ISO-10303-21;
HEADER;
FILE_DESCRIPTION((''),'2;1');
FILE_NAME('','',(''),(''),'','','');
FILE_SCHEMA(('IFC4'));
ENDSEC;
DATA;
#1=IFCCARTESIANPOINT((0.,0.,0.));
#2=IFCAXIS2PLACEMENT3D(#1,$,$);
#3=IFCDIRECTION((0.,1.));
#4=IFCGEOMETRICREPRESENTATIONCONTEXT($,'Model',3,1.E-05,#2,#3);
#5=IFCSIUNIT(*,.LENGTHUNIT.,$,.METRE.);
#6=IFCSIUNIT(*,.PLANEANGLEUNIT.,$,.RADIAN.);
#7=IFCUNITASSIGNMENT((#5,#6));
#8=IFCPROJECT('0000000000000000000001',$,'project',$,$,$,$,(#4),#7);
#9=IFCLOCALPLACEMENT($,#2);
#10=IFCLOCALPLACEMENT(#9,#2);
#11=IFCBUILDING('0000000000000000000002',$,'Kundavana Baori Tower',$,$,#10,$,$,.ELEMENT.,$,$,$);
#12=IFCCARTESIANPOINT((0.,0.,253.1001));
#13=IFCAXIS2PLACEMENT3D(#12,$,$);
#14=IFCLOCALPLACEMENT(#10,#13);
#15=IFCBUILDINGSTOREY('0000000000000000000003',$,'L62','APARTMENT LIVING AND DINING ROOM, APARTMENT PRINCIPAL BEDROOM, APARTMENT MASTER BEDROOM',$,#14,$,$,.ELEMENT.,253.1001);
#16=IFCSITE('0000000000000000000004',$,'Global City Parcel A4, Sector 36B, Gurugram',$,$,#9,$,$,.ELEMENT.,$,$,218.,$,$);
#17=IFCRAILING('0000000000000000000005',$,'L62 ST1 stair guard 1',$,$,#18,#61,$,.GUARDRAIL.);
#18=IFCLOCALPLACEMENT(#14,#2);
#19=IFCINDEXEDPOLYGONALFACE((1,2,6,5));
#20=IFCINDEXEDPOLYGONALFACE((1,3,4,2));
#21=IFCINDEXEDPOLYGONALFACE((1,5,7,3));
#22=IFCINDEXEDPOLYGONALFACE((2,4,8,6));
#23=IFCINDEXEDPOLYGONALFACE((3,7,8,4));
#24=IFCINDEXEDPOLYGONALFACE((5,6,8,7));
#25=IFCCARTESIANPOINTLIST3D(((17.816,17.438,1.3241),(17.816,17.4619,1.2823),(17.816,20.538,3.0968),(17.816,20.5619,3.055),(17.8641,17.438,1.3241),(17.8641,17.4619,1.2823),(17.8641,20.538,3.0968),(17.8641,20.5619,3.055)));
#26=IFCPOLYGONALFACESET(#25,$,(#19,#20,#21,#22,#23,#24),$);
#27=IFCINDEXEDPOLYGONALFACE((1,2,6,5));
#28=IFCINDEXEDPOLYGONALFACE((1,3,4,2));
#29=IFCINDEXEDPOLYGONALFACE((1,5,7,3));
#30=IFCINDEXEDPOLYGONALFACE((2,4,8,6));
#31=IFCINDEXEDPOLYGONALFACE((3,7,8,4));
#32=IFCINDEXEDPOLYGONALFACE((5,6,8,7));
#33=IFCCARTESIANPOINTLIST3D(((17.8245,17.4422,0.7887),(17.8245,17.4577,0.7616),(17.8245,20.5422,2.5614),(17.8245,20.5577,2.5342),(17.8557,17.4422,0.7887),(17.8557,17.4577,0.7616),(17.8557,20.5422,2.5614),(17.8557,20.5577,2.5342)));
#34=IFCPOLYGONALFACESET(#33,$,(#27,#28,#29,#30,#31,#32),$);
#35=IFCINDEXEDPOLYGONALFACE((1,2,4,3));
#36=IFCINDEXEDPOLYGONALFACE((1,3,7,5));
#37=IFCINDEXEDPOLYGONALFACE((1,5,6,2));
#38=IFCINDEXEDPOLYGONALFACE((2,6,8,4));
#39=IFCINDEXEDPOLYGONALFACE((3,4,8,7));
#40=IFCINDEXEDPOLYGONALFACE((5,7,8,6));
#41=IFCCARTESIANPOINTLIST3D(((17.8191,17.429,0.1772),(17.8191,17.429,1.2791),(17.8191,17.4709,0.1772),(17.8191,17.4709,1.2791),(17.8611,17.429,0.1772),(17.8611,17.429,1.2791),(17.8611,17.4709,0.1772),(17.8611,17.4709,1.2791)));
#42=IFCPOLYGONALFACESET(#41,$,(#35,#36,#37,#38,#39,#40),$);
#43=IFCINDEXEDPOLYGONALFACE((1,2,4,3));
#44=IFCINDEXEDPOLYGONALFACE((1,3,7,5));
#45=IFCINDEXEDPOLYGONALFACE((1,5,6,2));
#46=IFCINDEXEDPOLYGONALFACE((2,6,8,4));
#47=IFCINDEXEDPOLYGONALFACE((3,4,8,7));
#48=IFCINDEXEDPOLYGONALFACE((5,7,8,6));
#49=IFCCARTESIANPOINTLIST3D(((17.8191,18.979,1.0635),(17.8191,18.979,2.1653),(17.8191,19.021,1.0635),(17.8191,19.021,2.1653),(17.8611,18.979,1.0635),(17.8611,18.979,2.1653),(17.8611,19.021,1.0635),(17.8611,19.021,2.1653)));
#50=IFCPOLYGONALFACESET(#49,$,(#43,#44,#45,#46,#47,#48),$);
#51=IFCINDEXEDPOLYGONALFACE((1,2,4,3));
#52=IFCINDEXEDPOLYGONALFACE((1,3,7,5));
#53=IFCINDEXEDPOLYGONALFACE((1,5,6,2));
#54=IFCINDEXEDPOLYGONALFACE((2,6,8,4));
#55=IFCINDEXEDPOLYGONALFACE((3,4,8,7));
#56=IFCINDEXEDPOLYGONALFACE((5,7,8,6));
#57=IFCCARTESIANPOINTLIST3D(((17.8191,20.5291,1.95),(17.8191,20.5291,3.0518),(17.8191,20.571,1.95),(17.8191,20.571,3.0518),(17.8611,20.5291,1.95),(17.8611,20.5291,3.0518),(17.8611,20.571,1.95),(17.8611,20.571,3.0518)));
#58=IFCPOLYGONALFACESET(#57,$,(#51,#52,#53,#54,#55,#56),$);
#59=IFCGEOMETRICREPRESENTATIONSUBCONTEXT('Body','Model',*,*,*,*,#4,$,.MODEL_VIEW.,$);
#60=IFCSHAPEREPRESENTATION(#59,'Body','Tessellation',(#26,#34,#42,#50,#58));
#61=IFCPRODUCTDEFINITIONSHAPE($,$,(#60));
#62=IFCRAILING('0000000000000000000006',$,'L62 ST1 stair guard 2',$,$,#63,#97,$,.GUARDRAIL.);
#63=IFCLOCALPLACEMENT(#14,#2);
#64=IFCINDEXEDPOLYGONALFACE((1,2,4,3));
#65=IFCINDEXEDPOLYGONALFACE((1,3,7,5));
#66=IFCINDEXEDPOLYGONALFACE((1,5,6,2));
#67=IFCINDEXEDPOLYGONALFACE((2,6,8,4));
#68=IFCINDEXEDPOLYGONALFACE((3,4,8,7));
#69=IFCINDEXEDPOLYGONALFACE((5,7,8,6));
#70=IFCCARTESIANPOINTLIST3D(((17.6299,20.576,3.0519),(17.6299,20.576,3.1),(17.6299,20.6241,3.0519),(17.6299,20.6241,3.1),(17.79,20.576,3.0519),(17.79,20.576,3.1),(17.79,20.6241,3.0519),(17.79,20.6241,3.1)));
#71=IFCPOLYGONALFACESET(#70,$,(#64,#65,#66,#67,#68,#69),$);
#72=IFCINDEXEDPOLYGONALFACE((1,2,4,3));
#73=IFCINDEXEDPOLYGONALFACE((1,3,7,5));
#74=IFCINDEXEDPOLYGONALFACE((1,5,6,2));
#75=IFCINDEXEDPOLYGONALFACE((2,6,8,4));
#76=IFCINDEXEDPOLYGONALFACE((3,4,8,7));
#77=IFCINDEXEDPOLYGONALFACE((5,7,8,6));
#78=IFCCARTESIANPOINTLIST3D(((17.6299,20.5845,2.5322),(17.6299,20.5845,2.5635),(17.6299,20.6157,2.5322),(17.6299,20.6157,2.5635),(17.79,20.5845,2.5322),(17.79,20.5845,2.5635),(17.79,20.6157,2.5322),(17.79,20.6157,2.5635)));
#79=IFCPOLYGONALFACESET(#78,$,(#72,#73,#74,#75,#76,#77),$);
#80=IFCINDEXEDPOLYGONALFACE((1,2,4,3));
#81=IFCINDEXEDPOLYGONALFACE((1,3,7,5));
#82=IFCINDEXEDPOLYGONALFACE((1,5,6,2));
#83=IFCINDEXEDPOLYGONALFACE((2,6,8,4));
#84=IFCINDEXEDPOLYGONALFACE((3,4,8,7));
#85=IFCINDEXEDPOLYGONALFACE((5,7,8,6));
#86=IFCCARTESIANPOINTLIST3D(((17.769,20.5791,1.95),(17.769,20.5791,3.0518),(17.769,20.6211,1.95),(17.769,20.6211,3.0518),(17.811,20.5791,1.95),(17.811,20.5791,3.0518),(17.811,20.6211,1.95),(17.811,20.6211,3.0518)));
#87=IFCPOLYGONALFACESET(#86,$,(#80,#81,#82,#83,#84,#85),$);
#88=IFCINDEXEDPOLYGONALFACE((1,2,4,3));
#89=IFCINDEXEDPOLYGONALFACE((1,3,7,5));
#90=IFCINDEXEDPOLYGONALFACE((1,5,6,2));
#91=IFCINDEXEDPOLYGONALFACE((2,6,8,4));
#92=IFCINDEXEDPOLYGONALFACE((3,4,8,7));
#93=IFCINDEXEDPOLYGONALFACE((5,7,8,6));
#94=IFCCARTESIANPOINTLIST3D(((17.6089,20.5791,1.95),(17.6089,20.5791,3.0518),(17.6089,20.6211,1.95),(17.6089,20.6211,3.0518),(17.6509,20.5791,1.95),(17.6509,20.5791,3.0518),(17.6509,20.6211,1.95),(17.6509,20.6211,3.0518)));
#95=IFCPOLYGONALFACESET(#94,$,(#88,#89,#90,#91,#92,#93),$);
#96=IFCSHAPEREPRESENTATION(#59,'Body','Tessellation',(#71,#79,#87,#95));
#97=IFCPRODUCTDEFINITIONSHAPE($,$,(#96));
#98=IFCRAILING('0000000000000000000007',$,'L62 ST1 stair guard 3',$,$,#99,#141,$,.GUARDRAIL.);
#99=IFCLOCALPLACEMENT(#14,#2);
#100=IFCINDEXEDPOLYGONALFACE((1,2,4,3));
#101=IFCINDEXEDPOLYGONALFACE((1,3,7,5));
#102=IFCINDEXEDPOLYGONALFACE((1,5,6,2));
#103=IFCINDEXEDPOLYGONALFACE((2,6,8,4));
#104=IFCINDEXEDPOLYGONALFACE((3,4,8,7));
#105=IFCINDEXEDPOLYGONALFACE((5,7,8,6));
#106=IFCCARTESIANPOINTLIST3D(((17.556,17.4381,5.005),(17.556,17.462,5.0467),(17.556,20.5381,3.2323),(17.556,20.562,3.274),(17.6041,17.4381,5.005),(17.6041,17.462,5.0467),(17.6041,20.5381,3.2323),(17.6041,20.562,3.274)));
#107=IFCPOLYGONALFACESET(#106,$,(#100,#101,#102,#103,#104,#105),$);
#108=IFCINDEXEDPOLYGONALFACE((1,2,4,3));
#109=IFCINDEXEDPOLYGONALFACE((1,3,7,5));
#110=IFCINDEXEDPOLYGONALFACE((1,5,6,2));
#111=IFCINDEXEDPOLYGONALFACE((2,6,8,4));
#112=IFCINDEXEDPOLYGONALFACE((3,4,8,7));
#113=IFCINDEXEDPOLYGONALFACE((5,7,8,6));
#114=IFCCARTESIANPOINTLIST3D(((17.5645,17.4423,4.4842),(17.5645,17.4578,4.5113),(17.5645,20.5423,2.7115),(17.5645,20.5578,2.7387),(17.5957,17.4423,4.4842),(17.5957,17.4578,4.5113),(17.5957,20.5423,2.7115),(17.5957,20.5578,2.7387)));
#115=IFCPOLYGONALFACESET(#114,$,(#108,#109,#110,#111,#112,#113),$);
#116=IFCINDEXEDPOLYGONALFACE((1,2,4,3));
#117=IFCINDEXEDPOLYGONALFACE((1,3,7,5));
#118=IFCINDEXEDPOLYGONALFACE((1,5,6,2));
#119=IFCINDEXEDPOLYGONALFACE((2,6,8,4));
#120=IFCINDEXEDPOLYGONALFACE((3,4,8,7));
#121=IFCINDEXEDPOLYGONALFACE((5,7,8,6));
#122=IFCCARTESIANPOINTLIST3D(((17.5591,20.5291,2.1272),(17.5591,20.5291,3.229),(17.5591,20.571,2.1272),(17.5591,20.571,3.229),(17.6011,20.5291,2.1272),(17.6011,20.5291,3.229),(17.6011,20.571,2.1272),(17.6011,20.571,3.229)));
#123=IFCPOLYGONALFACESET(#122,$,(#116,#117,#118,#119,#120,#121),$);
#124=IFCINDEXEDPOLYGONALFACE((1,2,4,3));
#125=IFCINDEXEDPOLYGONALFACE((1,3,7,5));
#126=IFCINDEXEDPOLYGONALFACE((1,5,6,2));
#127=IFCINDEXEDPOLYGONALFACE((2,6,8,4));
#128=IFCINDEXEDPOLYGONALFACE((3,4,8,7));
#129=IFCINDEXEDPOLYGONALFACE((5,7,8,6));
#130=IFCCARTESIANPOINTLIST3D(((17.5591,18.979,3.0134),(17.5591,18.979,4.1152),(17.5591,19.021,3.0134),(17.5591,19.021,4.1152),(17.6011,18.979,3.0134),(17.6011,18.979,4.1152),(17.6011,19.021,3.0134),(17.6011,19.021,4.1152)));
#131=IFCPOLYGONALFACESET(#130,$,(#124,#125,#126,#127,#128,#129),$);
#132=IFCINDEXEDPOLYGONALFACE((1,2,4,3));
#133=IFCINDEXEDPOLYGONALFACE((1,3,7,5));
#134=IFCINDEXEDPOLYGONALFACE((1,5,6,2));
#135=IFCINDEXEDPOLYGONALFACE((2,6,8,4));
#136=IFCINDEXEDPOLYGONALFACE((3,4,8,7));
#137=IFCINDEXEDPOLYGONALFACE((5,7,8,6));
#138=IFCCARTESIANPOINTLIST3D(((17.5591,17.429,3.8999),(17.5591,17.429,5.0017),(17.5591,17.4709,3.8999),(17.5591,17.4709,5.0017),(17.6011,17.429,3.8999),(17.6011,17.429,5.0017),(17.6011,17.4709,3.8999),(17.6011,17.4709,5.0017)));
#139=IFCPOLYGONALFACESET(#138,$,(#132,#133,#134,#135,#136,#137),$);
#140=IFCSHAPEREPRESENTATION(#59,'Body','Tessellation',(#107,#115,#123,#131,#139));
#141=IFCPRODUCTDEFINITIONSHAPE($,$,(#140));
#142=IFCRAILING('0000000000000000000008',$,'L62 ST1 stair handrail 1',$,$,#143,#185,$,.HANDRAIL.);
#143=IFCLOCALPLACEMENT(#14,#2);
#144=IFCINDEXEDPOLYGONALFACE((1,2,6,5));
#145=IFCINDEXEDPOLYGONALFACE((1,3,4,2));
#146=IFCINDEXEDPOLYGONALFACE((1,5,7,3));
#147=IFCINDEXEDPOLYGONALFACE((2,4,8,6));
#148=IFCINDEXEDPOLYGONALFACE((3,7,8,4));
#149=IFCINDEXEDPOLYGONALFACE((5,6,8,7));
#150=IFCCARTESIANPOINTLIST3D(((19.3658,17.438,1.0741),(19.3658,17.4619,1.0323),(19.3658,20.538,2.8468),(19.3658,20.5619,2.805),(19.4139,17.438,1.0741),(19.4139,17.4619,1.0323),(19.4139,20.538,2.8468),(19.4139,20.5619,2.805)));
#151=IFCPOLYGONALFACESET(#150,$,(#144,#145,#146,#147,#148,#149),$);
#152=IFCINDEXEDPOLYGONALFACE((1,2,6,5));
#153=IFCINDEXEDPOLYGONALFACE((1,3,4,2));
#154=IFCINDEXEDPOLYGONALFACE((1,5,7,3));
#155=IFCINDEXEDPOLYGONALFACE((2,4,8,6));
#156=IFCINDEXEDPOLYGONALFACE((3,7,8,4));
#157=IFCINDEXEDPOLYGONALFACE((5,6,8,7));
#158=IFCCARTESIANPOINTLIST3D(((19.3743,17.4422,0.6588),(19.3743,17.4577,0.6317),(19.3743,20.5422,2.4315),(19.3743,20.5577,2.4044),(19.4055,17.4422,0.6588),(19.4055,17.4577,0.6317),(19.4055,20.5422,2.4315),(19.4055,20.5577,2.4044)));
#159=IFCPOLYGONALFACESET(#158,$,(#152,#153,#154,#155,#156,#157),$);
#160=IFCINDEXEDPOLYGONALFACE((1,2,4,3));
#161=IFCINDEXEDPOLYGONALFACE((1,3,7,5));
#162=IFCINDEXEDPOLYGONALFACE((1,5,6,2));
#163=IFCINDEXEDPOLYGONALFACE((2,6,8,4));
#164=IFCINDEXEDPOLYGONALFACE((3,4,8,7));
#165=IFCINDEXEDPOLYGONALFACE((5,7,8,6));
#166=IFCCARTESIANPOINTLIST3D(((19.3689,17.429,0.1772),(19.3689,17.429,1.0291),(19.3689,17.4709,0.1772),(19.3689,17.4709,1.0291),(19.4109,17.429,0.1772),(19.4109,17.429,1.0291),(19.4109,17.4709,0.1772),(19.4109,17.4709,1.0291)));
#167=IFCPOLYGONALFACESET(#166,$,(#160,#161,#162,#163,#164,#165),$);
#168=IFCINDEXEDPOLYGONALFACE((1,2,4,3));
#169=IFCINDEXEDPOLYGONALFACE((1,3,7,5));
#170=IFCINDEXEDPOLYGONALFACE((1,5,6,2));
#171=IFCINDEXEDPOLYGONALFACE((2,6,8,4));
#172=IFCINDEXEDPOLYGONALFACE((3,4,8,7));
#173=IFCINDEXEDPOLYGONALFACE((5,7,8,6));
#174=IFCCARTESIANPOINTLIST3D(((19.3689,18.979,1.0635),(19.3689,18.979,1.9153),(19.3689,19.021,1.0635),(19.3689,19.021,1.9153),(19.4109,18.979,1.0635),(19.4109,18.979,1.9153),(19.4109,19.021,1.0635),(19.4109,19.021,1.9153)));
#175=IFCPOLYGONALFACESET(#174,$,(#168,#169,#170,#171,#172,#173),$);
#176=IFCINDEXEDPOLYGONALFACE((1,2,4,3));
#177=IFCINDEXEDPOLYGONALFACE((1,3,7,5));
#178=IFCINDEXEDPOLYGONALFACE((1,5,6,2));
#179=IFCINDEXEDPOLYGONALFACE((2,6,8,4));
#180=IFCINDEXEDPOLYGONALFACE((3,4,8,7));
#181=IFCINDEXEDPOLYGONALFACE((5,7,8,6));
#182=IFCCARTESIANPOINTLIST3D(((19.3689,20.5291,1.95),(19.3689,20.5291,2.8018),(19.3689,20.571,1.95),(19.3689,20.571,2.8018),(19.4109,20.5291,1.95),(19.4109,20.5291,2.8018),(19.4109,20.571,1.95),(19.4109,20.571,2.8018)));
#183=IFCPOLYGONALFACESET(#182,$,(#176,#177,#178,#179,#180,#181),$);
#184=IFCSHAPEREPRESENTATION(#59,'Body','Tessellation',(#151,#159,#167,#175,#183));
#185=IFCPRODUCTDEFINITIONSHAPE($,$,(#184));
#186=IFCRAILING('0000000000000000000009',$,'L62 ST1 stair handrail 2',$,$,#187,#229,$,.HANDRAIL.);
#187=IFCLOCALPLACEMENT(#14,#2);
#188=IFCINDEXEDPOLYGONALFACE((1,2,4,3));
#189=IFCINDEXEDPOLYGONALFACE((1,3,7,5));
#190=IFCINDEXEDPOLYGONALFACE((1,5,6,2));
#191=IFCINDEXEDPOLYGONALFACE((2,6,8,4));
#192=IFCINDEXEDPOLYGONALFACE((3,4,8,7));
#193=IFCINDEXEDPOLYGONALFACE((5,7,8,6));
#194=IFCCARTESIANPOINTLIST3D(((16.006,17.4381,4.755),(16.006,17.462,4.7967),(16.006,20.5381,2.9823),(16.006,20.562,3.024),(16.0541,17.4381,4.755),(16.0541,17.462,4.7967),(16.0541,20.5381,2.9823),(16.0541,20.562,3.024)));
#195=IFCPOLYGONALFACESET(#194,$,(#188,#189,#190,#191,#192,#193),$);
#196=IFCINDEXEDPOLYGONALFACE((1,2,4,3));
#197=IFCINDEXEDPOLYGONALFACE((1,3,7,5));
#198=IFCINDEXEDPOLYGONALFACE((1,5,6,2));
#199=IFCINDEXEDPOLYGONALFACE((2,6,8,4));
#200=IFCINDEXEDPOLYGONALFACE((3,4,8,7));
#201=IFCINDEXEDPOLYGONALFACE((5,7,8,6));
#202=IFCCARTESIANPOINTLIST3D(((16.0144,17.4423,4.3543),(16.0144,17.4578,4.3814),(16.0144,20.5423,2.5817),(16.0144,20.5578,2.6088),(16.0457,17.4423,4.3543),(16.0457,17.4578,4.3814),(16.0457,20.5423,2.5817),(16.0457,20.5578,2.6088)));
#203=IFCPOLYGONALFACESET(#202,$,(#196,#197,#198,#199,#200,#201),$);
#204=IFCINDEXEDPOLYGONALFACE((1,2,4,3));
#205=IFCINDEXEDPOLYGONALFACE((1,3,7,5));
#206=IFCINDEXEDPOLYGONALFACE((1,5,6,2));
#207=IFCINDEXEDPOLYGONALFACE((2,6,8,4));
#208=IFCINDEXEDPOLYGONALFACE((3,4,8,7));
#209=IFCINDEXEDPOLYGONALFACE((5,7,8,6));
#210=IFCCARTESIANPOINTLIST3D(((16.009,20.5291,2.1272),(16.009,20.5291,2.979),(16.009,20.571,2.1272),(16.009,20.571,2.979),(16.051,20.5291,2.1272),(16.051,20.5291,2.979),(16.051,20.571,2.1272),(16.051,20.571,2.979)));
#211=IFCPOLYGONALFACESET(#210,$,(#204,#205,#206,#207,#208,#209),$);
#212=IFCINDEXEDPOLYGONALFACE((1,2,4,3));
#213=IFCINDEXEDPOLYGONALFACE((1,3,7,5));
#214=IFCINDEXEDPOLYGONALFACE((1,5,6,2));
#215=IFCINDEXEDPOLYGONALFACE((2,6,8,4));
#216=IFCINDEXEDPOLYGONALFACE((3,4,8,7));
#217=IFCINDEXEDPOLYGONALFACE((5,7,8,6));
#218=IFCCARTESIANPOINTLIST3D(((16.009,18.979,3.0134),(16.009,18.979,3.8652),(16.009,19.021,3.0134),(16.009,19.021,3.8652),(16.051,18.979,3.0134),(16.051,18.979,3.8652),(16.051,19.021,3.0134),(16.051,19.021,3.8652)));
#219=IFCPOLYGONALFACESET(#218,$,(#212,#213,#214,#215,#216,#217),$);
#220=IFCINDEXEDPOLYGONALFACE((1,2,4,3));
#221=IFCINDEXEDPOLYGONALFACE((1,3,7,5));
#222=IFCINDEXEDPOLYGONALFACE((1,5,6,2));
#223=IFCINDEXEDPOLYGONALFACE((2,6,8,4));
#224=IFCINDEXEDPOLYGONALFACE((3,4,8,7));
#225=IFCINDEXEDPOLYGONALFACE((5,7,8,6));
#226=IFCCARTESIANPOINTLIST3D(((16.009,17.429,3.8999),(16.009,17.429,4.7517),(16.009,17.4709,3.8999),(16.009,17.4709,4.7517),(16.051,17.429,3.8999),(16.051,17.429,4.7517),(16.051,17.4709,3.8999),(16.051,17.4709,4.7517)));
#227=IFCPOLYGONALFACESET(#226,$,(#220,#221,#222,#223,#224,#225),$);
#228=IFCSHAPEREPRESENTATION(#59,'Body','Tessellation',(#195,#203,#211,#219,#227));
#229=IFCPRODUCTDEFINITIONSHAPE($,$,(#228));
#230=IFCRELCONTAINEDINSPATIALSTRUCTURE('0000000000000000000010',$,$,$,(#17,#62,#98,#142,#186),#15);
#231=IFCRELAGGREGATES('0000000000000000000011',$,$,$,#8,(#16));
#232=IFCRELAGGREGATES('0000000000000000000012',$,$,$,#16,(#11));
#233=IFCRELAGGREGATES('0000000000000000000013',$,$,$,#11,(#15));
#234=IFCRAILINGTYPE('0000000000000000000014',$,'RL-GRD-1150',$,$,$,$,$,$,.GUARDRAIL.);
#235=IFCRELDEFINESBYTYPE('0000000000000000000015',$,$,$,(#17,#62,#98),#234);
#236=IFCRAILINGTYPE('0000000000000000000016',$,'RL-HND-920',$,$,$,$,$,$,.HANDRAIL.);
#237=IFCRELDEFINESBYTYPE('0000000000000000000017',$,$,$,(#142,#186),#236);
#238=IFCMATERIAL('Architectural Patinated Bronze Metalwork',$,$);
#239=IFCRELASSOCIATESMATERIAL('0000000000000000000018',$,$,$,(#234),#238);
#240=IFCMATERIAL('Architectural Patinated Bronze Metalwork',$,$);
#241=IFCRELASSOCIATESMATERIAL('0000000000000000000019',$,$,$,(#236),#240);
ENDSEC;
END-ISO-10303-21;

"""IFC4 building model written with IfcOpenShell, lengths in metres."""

from ifc_helpers import new_model, si_unit, direction, frame, origin, origin_2d, place, context, subcontext, project, spatial, rectangle, extrude, material, type_object, element, save


model = new_model("IFC4")

# Units and contexts
model_context = context("Model", 3, precision=1e-05, world=origin(), true_north=direction((0.0, 1.0)))
body_context = subcontext(model_context, "Body", "Model", "MODEL_VIEW")
ifc_project = project(units=[si_unit("LENGTHUNIT", "METRE"), si_unit("PLANEANGLEUNIT", "RADIAN")], contexts=[model_context])

# Site, building, storey
site_placement = place(None, origin())
site = spatial("IfcSite", under=ifc_project, at=site_placement, Name="Global City Parcel A4, Sector 36B, Gurugram", CompositionType="ELEMENT", RefElevation=218.0)
building_placement = place(site_placement, origin())
building = spatial("IfcBuilding", under=site, at=building_placement, Name="Kundavana Baori Tower", CompositionType="ELEMENT")
storey_placement = place(building_placement, frame((0.0, 0.0, 253.1001)))
storey = spatial("IfcBuildingStorey", under=building, at=storey_placement, Name="L62", Description="APARTMENT LIVING AND DINING ROOM, APARTMENT PRINCIPAL BEDROOM, APARTMENT MASTER BEDROOM", CompositionType="ELEMENT", Elevation=253.1001)

# Railings
ifc_material_1 = material(Name="Architectural Patinated Bronze Metalwork")
railing_type_1 = type_object("IfcRailingType", Name="RL-GRD-1150", PredefinedType="GUARDRAIL", material=ifc_material_1)
railing_1_placement = place(storey_placement, frame((17.8401, 17.45, 0.1772)))
element("IfcRailing", 1, at=railing_1_placement, inside=storey, type_object=railing_type_1, Name="L62 ST1 stair guard 1", PredefinedType="GUARDRAIL", context=body_context, shape_type="SweptSolid", body=[
    extrude(rectangle(XDim=0.0481, YDim=0.0481, at=origin_2d()), frame((0.0, 0.0, 1.126), z_axis=(0.0, 0.868096, 0.496397), x_axis=(-1.0, 0.0, 0.0)), (0.0, 0.0, 1.0), 3.571),
    extrude(rectangle(XDim=0.0312, YDim=0.0312, at=origin_2d()), frame((0.0, 0.0, 0.5979), z_axis=(0.0, 0.868096, 0.496397), x_axis=(-1.0, 0.0, 0.0)), (0.0, 0.0, 1.0), 3.571),
    extrude(rectangle(XDim=0.042, YDim=0.042, at=origin_2d()), origin(), (0.0, 0.0, 1.0), 1.1018),
    extrude(rectangle(XDim=0.042, YDim=0.042, at=origin_2d()), frame((0.0, 1.55, 0.8862)), (0.0, 0.0, 1.0), 1.1018),
    extrude(rectangle(XDim=0.042, YDim=0.042, at=origin_2d()), frame((0.0, 3.1001, 1.7727)), (0.0, 0.0, 1.0), 1.1018),
])
railing_2_placement = place(storey_placement, frame((17.79, 20.6001, 1.95)))
element("IfcRailing", 2, at=railing_2_placement, inside=storey, type_object=railing_type_1, Name="L62 ST1 stair guard 2", PredefinedType="GUARDRAIL", context=body_context, shape_type="SweptSolid", body=[
    extrude(rectangle(XDim=0.0481, YDim=0.0481, at=origin_2d()), frame((0.0, 0.0, 1.126), z_axis=(-1.0, 0.0, 0.0), x_axis=(0.0, -1.0, 0.0)), (0.0, 0.0, 1.0), 0.1602),
    extrude(rectangle(XDim=0.0312, YDim=0.0312, at=origin_2d()), frame((0.0, 0.0, 0.5979), z_axis=(-1.0, 0.0, 0.0), x_axis=(0.0, -1.0, 0.0)), (0.0, 0.0, 1.0), 0.1602),
    extrude(rectangle(XDim=0.042, YDim=0.042, at=origin_2d()), origin(), (0.0, 0.0, 1.0), 1.1018),
    extrude(rectangle(XDim=0.042, YDim=0.042, at=origin_2d()), frame((-0.1602, 0.0, 0.0)), (0.0, 0.0, 1.0), 1.1018),
])
railing_3_placement = place(storey_placement, frame((17.5801, 20.55, 2.1272)))
element("IfcRailing", 3, at=railing_3_placement, inside=storey, type_object=railing_type_1, Name="L62 ST1 stair guard 3", PredefinedType="GUARDRAIL", context=body_context, shape_type="SweptSolid", body=[
    extrude(rectangle(XDim=0.0481, YDim=0.0481, at=origin_2d()), frame((0.0, 0.0, 1.126), z_axis=(0.0, -0.868096, 0.496397), x_axis=(1.0, 0.0, 0.0)), (0.0, 0.0, 1.0), 3.571),
    extrude(rectangle(XDim=0.0312, YDim=0.0312, at=origin_2d()), frame((0.0, 0.0, 0.5979), z_axis=(0.0, -0.868096, 0.496397), x_axis=(1.0, 0.0, 0.0)), (0.0, 0.0, 1.0), 3.571),
    extrude(rectangle(XDim=0.042, YDim=0.042, at=origin_2d()), origin(), (0.0, 0.0, 1.0), 1.1018),
    extrude(rectangle(XDim=0.042, YDim=0.042, at=origin_2d()), frame((0.0, -1.55, 0.8862)), (0.0, 0.0, 1.0), 1.1018),
    extrude(rectangle(XDim=0.042, YDim=0.042, at=origin_2d()), frame((0.0, -3.1001, 1.7727)), (0.0, 0.0, 1.0), 1.1018),
])
ifc_material_2 = material(Name="Architectural Patinated Bronze Metalwork")
railing_type_2 = type_object("IfcRailingType", Name="RL-HND-920", PredefinedType="HANDRAIL", material=ifc_material_2)
railing_4_placement = place(storey_placement, frame((19.3899, 17.45, 0.1772)))
element("IfcRailing", 4, at=railing_4_placement, inside=storey, type_object=railing_type_2, Name="L62 ST1 stair handrail 1", PredefinedType="HANDRAIL", context=body_context, shape_type="SweptSolid", body=[
    extrude(rectangle(XDim=0.0481, YDim=0.0481, at=origin_2d()), frame((0.0, 0.0, 0.876), z_axis=(0.0, 0.868096, 0.496397), x_axis=(-1.0, 0.0, 0.0)), (0.0, 0.0, 1.0), 3.571),
    extrude(rectangle(XDim=0.0312, YDim=0.0312, at=origin_2d()), frame((0.0, 0.0, 0.468), z_axis=(0.0, 0.868096, 0.496397), x_axis=(-1.0, 0.0, 0.0)), (0.0, 0.0, 1.0), 3.571),
    extrude(rectangle(XDim=0.042, YDim=0.042, at=origin_2d()), origin(), (0.0, 0.0, 1.0), 0.8518),
    extrude(rectangle(XDim=0.042, YDim=0.042, at=origin_2d()), frame((0.0, 1.55, 0.8862)), (0.0, 0.0, 1.0), 0.8518),
    extrude(rectangle(XDim=0.042, YDim=0.042, at=origin_2d()), frame((0.0, 3.1001, 1.7727)), (0.0, 0.0, 1.0), 0.8518),
])
railing_5_placement = place(storey_placement, frame((16.03, 20.55, 2.1272)))
element("IfcRailing", 5, at=railing_5_placement, inside=storey, type_object=railing_type_2, Name="L62 ST1 stair handrail 2", PredefinedType="HANDRAIL", context=body_context, shape_type="SweptSolid", body=[
    extrude(rectangle(XDim=0.0481, YDim=0.0481, at=origin_2d()), frame((0.0, 0.0, 0.876), z_axis=(0.0, -0.868096, 0.496397), x_axis=(1.0, 0.0, 0.0)), (0.0, 0.0, 1.0), 3.571),
    extrude(rectangle(XDim=0.0312, YDim=0.0312, at=origin_2d()), frame((0.0, 0.0, 0.468), z_axis=(0.0, -0.868096, 0.496397), x_axis=(1.0, 0.0, 0.0)), (0.0, 0.0, 1.0), 3.571),
    extrude(rectangle(XDim=0.042, YDim=0.042, at=origin_2d()), origin(), (0.0, 0.0, 1.0), 0.8518),
    extrude(rectangle(XDim=0.042, YDim=0.042, at=origin_2d()), frame((0.0, -1.55, 0.8862)), (0.0, 0.0, 1.0), 0.8518),
    extrude(rectangle(XDim=0.042, YDim=0.042, at=origin_2d()), frame((0.0, -3.1001, 1.7727)), (0.0, 0.0, 1.0), 0.8518),
])

save(model, "model.ifc")
